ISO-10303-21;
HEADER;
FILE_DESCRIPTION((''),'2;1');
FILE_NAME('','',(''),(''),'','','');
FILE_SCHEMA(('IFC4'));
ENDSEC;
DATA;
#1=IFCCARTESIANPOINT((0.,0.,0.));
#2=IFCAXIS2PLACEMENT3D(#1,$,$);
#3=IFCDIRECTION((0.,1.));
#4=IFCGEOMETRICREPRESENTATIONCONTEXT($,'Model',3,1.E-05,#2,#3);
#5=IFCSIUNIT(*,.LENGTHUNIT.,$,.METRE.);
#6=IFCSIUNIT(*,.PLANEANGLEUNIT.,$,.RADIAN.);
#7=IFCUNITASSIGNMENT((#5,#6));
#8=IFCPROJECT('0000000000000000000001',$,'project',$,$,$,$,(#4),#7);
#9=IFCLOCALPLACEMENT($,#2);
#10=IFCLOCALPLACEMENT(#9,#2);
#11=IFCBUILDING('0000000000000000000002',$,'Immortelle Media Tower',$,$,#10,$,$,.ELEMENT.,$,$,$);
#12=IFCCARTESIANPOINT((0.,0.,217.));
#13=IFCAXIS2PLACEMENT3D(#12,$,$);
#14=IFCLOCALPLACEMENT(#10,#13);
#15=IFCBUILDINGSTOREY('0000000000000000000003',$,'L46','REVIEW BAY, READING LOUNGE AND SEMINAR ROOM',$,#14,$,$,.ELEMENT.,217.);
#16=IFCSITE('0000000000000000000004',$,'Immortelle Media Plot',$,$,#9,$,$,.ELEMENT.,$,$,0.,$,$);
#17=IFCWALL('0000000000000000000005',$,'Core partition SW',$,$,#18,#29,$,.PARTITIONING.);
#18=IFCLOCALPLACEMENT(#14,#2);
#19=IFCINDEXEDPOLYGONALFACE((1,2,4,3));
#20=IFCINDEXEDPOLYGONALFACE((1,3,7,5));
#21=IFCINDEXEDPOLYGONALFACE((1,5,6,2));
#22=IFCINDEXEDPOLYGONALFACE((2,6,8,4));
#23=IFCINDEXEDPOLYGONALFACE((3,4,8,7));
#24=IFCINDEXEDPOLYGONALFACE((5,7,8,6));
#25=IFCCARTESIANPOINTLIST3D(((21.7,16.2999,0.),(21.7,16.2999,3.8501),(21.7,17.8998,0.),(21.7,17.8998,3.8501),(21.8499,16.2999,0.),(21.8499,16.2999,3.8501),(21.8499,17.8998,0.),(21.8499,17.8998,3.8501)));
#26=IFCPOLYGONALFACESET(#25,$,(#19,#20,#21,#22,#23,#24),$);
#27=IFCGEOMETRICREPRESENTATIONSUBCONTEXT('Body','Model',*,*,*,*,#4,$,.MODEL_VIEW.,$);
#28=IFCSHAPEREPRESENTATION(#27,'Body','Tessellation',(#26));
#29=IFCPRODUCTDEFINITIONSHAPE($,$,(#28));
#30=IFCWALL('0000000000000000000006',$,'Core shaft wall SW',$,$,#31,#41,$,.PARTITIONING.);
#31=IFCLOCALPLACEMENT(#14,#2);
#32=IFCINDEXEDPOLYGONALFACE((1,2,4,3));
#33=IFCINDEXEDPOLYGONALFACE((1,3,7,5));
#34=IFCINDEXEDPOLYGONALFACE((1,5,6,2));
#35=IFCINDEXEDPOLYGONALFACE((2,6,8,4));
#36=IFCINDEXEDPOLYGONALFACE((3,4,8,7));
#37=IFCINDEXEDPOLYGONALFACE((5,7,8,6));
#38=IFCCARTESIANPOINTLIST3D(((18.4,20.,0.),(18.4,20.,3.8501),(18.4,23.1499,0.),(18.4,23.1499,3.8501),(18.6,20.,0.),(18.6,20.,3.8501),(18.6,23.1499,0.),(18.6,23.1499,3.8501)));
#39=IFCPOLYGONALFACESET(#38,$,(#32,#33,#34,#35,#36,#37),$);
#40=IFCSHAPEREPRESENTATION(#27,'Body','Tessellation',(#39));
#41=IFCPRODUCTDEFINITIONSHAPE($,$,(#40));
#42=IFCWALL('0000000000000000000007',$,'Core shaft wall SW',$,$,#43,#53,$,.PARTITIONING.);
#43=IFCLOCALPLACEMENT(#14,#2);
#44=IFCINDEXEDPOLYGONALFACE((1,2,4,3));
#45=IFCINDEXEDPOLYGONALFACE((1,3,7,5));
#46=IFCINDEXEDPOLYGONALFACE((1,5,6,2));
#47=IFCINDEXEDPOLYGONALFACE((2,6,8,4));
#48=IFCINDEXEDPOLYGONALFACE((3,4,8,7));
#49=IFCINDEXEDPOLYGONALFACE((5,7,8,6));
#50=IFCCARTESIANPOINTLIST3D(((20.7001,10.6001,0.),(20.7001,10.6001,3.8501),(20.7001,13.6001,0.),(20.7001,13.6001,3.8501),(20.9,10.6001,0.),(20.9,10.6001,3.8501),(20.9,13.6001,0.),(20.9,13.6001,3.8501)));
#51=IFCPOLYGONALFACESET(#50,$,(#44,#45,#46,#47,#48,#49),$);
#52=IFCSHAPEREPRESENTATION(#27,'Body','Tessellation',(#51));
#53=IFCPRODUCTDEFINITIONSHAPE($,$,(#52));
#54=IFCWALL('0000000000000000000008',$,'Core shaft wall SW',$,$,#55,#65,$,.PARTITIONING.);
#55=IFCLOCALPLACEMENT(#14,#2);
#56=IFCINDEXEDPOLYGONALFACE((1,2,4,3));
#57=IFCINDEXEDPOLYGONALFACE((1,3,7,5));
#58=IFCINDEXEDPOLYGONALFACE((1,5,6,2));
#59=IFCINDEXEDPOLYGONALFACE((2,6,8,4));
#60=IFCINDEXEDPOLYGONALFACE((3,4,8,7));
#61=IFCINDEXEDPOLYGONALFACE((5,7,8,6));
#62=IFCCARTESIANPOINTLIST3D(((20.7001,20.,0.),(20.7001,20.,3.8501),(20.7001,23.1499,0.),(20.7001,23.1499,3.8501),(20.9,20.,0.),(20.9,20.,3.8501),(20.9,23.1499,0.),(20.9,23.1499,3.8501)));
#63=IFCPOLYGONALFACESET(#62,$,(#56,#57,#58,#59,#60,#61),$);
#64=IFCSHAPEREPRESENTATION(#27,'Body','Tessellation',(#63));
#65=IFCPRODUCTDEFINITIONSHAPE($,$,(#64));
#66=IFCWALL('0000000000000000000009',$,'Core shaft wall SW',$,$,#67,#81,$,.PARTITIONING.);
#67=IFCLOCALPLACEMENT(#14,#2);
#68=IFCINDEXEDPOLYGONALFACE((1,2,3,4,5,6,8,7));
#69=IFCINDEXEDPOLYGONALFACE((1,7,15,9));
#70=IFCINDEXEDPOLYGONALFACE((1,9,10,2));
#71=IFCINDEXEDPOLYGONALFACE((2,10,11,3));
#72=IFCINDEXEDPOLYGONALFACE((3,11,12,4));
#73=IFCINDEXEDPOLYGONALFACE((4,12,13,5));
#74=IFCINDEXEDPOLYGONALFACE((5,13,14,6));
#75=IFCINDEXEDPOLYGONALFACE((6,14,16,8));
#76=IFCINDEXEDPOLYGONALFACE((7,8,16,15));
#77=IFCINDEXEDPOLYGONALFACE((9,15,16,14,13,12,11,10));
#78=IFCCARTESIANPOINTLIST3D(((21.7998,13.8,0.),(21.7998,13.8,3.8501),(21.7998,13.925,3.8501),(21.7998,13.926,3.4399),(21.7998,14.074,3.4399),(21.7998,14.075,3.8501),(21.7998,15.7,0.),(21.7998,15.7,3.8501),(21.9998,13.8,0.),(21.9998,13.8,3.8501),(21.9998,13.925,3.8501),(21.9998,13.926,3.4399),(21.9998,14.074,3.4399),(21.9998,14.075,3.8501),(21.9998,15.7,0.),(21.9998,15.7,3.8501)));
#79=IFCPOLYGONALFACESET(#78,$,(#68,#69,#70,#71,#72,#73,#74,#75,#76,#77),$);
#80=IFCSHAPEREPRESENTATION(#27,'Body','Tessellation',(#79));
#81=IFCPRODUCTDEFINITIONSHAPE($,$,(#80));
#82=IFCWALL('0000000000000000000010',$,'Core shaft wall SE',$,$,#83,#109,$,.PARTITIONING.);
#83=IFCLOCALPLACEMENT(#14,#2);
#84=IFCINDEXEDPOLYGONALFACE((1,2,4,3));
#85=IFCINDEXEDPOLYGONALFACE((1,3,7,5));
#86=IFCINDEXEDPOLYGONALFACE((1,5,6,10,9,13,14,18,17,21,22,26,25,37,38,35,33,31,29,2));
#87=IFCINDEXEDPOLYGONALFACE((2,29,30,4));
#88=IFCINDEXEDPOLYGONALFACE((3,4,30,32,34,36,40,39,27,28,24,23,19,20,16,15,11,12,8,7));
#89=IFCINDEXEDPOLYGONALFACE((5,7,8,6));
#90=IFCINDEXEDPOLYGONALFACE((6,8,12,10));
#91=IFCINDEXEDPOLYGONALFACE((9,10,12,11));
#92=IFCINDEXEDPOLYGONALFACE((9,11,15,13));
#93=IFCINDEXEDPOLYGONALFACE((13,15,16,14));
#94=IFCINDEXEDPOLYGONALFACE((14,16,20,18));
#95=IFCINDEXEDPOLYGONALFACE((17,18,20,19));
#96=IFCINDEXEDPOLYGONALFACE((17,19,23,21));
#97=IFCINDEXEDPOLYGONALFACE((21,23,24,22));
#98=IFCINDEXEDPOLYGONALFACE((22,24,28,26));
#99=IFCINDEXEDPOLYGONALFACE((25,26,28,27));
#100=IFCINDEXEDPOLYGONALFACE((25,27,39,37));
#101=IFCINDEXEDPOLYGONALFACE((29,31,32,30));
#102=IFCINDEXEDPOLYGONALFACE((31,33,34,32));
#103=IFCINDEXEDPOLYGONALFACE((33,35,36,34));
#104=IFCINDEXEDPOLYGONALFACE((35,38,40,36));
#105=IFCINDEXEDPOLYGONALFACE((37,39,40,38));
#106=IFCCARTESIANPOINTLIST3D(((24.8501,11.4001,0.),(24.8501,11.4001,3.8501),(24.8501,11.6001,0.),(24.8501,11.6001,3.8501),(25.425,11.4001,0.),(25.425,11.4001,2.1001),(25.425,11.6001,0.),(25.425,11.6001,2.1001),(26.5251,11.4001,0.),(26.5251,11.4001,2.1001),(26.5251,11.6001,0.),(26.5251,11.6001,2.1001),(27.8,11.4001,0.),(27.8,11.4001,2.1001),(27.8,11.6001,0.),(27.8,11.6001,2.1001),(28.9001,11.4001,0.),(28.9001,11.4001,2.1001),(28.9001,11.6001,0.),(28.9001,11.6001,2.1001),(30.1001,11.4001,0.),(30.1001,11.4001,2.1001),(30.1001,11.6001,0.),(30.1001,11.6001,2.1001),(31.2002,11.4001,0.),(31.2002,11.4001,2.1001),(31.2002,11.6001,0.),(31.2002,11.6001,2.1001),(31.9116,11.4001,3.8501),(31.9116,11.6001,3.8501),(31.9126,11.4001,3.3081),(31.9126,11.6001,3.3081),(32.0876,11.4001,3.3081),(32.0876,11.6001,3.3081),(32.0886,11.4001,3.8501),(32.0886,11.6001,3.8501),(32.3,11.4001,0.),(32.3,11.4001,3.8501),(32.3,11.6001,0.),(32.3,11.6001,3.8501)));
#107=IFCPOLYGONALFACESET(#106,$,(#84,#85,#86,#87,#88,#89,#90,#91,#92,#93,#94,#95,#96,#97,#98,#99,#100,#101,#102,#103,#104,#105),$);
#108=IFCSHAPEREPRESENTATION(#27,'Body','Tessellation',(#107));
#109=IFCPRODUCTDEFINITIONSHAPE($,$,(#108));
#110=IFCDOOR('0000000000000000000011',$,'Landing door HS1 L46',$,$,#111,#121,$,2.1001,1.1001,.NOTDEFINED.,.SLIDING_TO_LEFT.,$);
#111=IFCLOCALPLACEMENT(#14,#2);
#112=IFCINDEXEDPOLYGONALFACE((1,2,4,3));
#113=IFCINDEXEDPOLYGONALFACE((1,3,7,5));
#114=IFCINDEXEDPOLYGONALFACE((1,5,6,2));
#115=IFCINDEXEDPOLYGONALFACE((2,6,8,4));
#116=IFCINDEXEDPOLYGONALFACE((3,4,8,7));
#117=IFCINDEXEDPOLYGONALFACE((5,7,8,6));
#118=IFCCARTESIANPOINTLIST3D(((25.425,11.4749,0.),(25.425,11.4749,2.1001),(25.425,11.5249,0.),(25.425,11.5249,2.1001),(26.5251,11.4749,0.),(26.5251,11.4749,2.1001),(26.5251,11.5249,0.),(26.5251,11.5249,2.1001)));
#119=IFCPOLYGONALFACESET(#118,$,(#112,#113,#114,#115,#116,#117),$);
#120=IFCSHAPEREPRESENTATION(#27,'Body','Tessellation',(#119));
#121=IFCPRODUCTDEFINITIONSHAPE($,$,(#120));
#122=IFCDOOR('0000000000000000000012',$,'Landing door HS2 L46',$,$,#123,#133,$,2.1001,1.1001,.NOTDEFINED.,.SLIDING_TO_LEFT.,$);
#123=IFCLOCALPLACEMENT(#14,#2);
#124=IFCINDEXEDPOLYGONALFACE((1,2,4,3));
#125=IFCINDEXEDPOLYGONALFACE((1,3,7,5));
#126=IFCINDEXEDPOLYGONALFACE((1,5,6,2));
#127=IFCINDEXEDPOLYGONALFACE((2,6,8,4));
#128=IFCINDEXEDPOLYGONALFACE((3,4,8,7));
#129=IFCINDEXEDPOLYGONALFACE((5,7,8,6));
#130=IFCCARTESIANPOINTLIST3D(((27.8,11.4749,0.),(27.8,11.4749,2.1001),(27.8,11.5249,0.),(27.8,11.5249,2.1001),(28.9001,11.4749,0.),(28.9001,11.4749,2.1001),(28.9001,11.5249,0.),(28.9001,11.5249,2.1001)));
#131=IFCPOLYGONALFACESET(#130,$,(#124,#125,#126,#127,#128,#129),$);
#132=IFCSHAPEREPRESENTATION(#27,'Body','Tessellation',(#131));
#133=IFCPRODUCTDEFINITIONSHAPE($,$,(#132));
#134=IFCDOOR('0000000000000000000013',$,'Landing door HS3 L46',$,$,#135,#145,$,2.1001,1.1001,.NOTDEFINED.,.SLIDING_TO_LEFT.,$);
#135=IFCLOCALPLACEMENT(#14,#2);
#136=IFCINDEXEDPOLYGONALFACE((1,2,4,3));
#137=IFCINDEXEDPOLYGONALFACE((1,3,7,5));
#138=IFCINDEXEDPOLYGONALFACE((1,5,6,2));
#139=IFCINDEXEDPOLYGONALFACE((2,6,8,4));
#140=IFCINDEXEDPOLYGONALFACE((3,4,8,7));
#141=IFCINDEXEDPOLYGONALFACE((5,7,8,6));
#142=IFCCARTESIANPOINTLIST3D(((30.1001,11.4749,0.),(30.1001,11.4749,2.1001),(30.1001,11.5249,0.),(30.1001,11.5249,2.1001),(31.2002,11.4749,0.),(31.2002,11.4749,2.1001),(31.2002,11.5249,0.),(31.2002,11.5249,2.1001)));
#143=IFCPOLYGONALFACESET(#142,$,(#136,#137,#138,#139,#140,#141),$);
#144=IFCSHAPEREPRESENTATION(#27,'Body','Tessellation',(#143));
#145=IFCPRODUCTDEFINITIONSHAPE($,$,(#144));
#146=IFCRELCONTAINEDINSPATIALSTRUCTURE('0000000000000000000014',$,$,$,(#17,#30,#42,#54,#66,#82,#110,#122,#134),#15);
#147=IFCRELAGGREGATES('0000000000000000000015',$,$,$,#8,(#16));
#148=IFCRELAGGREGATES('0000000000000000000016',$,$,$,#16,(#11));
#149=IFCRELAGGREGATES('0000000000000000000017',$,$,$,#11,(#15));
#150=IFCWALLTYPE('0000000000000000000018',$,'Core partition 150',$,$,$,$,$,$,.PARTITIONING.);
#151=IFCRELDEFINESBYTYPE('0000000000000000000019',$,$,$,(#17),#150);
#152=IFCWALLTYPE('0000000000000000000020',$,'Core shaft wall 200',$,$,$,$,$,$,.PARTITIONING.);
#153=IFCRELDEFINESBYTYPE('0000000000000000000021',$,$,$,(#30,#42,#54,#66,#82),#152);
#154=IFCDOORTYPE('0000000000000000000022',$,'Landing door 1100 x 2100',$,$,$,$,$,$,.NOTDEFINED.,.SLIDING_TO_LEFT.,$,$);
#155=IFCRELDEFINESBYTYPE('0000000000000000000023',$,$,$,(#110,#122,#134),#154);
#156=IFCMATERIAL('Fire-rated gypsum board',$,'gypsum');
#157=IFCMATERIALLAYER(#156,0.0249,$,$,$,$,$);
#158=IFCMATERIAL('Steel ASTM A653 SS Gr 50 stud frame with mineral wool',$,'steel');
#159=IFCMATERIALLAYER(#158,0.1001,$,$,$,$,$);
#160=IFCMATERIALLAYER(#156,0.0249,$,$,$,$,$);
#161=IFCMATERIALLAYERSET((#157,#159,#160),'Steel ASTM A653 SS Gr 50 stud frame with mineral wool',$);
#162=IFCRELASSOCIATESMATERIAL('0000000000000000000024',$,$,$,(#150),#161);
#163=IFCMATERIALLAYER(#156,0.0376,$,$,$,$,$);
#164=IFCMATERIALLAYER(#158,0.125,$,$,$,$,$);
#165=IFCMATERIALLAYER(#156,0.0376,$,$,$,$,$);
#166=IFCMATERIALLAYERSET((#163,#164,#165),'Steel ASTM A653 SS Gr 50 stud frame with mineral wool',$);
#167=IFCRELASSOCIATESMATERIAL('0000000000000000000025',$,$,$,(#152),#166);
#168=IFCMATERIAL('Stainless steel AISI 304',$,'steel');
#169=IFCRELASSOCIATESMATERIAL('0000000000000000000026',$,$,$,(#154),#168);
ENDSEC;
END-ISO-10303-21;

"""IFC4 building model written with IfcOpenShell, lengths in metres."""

from ifc_helpers import new_model, si_unit, direction, frame, frame_2d, origin, place, context, subcontext, project, spatial, polyline, rectangle, outline, extrude, material, layer, layer_set, type_object, element, fill, save


model = new_model("IFC4")

# Units and contexts
model_context = context("Model", 3, precision=1e-05, world=origin(), true_north=direction((0.0, 1.0)))
body_context = subcontext(model_context, "Body", "Model", "MODEL_VIEW")
ifc_project = project(units=[si_unit("LENGTHUNIT", "METRE"), si_unit("PLANEANGLEUNIT", "RADIAN")], contexts=[model_context])

# Site, building, storey
site_placement = place(None, origin())
site = spatial("IfcSite", under=ifc_project, at=site_placement, Name="Immortelle Media Plot", CompositionType="ELEMENT", RefElevation=0.0)
building_placement = place(site_placement, origin())
building = spatial("IfcBuilding", under=site, at=building_placement, Name="Immortelle Media Tower", CompositionType="ELEMENT")
storey_placement = place(building_placement, frame((0.0, 0.0, 217.0)))
storey = spatial("IfcBuildingStorey", under=building, at=storey_placement, Name="L46", Description="REVIEW BAY, READING LOUNGE AND SEMINAR ROOM", CompositionType="ELEMENT", Elevation=217.0)

# Walls
ifc_material_1 = material(Name="Fire-rated gypsum board", Category="gypsum")
ifc_layer_1 = layer(ifc_material_1, 0.0249)
ifc_material_2 = material(Name="Steel ASTM A653 SS Gr 50 stud frame with mineral wool", Category="steel")
ifc_layer_2 = layer(ifc_material_2, 0.1001)
ifc_layer_3 = layer(ifc_material_1, 0.0249)
ifc_layer_set_1 = layer_set([ifc_layer_1, ifc_layer_2, ifc_layer_3], Name="Steel ASTM A653 SS Gr 50 stud frame with mineral wool")
wall_type_1 = type_object("IfcWallType", Name="Core partition 150", PredefinedType="PARTITIONING", material=ifc_layer_set_1)
wall_1_placement = place(storey_placement, frame((21.7749, 16.3, 0.0), z_axis=(0.0, 0.0, 1.0), x_axis=(0.0, 1.0, 0.0)))
element("IfcWall", 1, at=wall_1_placement, inside=storey, type_object=wall_type_1, Name="Core partition SW", PredefinedType="PARTITIONING", context=body_context, shape_type="SweptSolid", body=[
    extrude(rectangle(XDim=1.5999, YDim=0.1499, at=frame_2d((0.7998, 0.0))), origin(), (0.0, 0.0, 1.0), 3.8501),
])
ifc_layer_4 = layer(ifc_material_1, 0.0376)
ifc_layer_5 = layer(ifc_material_2, 0.125)
ifc_layer_6 = layer(ifc_material_1, 0.0376)
ifc_layer_set_2 = layer_set([ifc_layer_4, ifc_layer_5, ifc_layer_6], Name="Steel ASTM A653 SS Gr 50 stud frame with mineral wool")
wall_type_2 = type_object("IfcWallType", Name="Core shaft wall 200", PredefinedType="PARTITIONING", material=ifc_layer_set_2)
wall_2_placement = place(storey_placement, frame((18.5, 20.0, 0.0), z_axis=(0.0, 0.0, 1.0), x_axis=(0.0, 1.0, 0.0)))
element("IfcWall", 2, at=wall_2_placement, inside=storey, type_object=wall_type_2, Name="Core shaft wall SW", PredefinedType="PARTITIONING", context=body_context, shape_type="SweptSolid", body=[
    extrude(rectangle(XDim=3.1499, YDim=0.2, at=frame_2d((1.575, 0.0))), origin(), (0.0, 0.0, 1.0), 3.8501),
])
wall_3_placement = place(storey_placement, frame((20.8, 10.6001, 0.0), z_axis=(0.0, 0.0, 1.0), x_axis=(0.0, 1.0, 0.0)))
element("IfcWall", 3, at=wall_3_placement, inside=storey, type_object=wall_type_2, Name="Core shaft wall SW", PredefinedType="PARTITIONING", context=body_context, shape_type="SweptSolid", body=[
    extrude(rectangle(XDim=3.0, YDim=0.2, at=frame_2d((1.5, 0.0))), origin(), (0.0, 0.0, 1.0), 3.8501),
])
wall_4_placement = place(storey_placement, frame((20.8, 20.0, 0.0), z_axis=(0.0, 0.0, 1.0), x_axis=(0.0, 1.0, 0.0)))
element("IfcWall", 4, at=wall_4_placement, inside=storey, type_object=wall_type_2, Name="Core shaft wall SW", PredefinedType="PARTITIONING", context=body_context, shape_type="SweptSolid", body=[
    extrude(rectangle(XDim=3.1499, YDim=0.2, at=frame_2d((1.575, 0.0))), origin(), (0.0, 0.0, 1.0), 3.8501),
])
wall_5_placement = place(storey_placement, frame((21.8999, 13.8, 0.0), z_axis=(0.0, 0.0, 1.0), x_axis=(0.0, 1.0, 0.0)))
element("IfcWall", 5, at=wall_5_placement, inside=storey, type_object=wall_type_2, Name="Core shaft wall SW", PredefinedType="PARTITIONING", context=body_context, shape_type="SweptSolid", body=[
    extrude(outline(polyline([(0.0, 0.0), (1.8999, 0.0), (1.8999, 3.8501), (0.2749, 3.8501), (0.2739, 3.4399), (0.126, 3.4399), (0.125, 3.8501), (0.0, 3.8501), (0.0, 0.0)])), frame((0.0, 0.1001, 0.0), z_axis=(0.0, -1.0, 0.0), x_axis=(1.0, 0.0, 0.0)), (0.0, 0.0, 1.0), 0.2),
])

# Wall, openings, doors
wall_6_placement = place(storey_placement, frame((24.8501, 11.5, 0.0), z_axis=(0.0, 0.0, 1.0), x_axis=(1.0, 0.0, 0.0)))
wall_6 = element("IfcWall", 6, at=wall_6_placement, inside=storey, type_object=wall_type_2, Name="Core shaft wall SE", PredefinedType="PARTITIONING", context=body_context, shape_type="SweptSolid", body=[
    extrude(outline(polyline([(0.0, 0.0), (7.45, 0.0), (7.45, 3.8501), (7.2385, 3.8501), (7.2375, 3.3081), (7.0625, 3.3081), (7.0615, 3.8501), (0.0, 3.8501), (0.0, 0.0)])), frame((0.0, 0.1001, 0.0), z_axis=(0.0, -1.0, 0.0), x_axis=(1.0, 0.0, 0.0)), (0.0, 0.0, 1.0), 0.2),
])
opening_1_placement = place(wall_6_placement, frame((0.575, 0.0, 0.0)))
opening_1 = element("IfcOpeningElement", 7, at=opening_1_placement, cuts=wall_6, PredefinedType="OPENING", context=body_context, shape_type="SweptSolid", body=[
    extrude(rectangle(XDim=1.1001, YDim=2.1001, at=frame_2d((0.55, 1.05))), frame((0.0, 0.1099, 0.0), z_axis=(0.0, -1.0, 0.0), x_axis=(1.0, 0.0, 0.0)), (0.0, 0.0, 1.0), 0.22),
])
opening_2_placement = place(wall_6_placement, frame((2.95, 0.0, 0.0)))
opening_2 = element("IfcOpeningElement", 8, at=opening_2_placement, cuts=wall_6, PredefinedType="OPENING", context=body_context, shape_type="SweptSolid", body=[
    extrude(rectangle(XDim=1.1001, YDim=2.1001, at=frame_2d((0.55, 1.05))), frame((0.0, 0.1099, 0.0), z_axis=(0.0, -1.0, 0.0), x_axis=(1.0, 0.0, 0.0)), (0.0, 0.0, 1.0), 0.22),
])
opening_3_placement = place(wall_6_placement, frame((5.25, 0.0, 0.0)))
opening_3 = element("IfcOpeningElement", 9, at=opening_3_placement, cuts=wall_6, PredefinedType="OPENING", context=body_context, shape_type="SweptSolid", body=[
    extrude(rectangle(XDim=1.1001, YDim=2.1001, at=frame_2d((0.55, 1.05))), frame((0.0, 0.1099, 0.0), z_axis=(0.0, -1.0, 0.0), x_axis=(1.0, 0.0, 0.0)), (0.0, 0.0, 1.0), 0.22),
])
ifc_material_3 = material(Name="Stainless steel AISI 304", Category="steel")
door_type_1 = type_object("IfcDoorType", Name="Landing door 1100 x 2100", OperationType="SLIDING_TO_LEFT", PredefinedType="NOTDEFINED", material=ifc_material_3)
door_1_placement = place(opening_1_placement, origin())
door_1 = element("IfcDoor", 10, at=door_1_placement, inside=storey, type_object=door_type_1, Name="Landing door HS1 L46", OperationType="SLIDING_TO_LEFT", OverallHeight=2.1001, OverallWidth=1.1001, PredefinedType="NOTDEFINED", context=body_context, shape_type="SweptSolid", body=[
    extrude(rectangle(XDim=1.1001, YDim=2.1001, at=frame_2d((0.55, 1.05))), frame((0.0, 0.0249, 0.0), z_axis=(0.0, -1.0, 0.0), x_axis=(1.0, 0.0, 0.0)), (0.0, 0.0, 1.0), 0.05),
])
fill(opening_1, door_1)
door_2_placement = place(opening_2_placement, origin())
door_2 = element("IfcDoor", 11, at=door_2_placement, inside=storey, type_object=door_type_1, Name="Landing door HS2 L46", OperationType="SLIDING_TO_LEFT", OverallHeight=2.1001, OverallWidth=1.1001, PredefinedType="NOTDEFINED", context=body_context, shape_type="SweptSolid", body=[
    extrude(rectangle(XDim=1.1001, YDim=2.1001, at=frame_2d((0.55, 1.05))), frame((0.0, 0.0249, 0.0), z_axis=(0.0, -1.0, 0.0), x_axis=(1.0, 0.0, 0.0)), (0.0, 0.0, 1.0), 0.05),
])
fill(opening_2, door_2)
door_3_placement = place(opening_3_placement, origin())
door_3 = element("IfcDoor", 12, at=door_3_placement, inside=storey, type_object=door_type_1, Name="Landing door HS3 L46", OperationType="SLIDING_TO_LEFT", OverallHeight=2.1001, OverallWidth=1.1001, PredefinedType="NOTDEFINED", context=body_context, shape_type="SweptSolid", body=[
    extrude(rectangle(XDim=1.1001, YDim=2.1001, at=frame_2d((0.55, 1.05))), frame((0.0, 0.0249, 0.0), z_axis=(0.0, -1.0, 0.0), x_axis=(1.0, 0.0, 0.0)), (0.0, 0.0, 1.0), 0.05),
])
fill(opening_3, door_3)

save(model, "model.ifc")
